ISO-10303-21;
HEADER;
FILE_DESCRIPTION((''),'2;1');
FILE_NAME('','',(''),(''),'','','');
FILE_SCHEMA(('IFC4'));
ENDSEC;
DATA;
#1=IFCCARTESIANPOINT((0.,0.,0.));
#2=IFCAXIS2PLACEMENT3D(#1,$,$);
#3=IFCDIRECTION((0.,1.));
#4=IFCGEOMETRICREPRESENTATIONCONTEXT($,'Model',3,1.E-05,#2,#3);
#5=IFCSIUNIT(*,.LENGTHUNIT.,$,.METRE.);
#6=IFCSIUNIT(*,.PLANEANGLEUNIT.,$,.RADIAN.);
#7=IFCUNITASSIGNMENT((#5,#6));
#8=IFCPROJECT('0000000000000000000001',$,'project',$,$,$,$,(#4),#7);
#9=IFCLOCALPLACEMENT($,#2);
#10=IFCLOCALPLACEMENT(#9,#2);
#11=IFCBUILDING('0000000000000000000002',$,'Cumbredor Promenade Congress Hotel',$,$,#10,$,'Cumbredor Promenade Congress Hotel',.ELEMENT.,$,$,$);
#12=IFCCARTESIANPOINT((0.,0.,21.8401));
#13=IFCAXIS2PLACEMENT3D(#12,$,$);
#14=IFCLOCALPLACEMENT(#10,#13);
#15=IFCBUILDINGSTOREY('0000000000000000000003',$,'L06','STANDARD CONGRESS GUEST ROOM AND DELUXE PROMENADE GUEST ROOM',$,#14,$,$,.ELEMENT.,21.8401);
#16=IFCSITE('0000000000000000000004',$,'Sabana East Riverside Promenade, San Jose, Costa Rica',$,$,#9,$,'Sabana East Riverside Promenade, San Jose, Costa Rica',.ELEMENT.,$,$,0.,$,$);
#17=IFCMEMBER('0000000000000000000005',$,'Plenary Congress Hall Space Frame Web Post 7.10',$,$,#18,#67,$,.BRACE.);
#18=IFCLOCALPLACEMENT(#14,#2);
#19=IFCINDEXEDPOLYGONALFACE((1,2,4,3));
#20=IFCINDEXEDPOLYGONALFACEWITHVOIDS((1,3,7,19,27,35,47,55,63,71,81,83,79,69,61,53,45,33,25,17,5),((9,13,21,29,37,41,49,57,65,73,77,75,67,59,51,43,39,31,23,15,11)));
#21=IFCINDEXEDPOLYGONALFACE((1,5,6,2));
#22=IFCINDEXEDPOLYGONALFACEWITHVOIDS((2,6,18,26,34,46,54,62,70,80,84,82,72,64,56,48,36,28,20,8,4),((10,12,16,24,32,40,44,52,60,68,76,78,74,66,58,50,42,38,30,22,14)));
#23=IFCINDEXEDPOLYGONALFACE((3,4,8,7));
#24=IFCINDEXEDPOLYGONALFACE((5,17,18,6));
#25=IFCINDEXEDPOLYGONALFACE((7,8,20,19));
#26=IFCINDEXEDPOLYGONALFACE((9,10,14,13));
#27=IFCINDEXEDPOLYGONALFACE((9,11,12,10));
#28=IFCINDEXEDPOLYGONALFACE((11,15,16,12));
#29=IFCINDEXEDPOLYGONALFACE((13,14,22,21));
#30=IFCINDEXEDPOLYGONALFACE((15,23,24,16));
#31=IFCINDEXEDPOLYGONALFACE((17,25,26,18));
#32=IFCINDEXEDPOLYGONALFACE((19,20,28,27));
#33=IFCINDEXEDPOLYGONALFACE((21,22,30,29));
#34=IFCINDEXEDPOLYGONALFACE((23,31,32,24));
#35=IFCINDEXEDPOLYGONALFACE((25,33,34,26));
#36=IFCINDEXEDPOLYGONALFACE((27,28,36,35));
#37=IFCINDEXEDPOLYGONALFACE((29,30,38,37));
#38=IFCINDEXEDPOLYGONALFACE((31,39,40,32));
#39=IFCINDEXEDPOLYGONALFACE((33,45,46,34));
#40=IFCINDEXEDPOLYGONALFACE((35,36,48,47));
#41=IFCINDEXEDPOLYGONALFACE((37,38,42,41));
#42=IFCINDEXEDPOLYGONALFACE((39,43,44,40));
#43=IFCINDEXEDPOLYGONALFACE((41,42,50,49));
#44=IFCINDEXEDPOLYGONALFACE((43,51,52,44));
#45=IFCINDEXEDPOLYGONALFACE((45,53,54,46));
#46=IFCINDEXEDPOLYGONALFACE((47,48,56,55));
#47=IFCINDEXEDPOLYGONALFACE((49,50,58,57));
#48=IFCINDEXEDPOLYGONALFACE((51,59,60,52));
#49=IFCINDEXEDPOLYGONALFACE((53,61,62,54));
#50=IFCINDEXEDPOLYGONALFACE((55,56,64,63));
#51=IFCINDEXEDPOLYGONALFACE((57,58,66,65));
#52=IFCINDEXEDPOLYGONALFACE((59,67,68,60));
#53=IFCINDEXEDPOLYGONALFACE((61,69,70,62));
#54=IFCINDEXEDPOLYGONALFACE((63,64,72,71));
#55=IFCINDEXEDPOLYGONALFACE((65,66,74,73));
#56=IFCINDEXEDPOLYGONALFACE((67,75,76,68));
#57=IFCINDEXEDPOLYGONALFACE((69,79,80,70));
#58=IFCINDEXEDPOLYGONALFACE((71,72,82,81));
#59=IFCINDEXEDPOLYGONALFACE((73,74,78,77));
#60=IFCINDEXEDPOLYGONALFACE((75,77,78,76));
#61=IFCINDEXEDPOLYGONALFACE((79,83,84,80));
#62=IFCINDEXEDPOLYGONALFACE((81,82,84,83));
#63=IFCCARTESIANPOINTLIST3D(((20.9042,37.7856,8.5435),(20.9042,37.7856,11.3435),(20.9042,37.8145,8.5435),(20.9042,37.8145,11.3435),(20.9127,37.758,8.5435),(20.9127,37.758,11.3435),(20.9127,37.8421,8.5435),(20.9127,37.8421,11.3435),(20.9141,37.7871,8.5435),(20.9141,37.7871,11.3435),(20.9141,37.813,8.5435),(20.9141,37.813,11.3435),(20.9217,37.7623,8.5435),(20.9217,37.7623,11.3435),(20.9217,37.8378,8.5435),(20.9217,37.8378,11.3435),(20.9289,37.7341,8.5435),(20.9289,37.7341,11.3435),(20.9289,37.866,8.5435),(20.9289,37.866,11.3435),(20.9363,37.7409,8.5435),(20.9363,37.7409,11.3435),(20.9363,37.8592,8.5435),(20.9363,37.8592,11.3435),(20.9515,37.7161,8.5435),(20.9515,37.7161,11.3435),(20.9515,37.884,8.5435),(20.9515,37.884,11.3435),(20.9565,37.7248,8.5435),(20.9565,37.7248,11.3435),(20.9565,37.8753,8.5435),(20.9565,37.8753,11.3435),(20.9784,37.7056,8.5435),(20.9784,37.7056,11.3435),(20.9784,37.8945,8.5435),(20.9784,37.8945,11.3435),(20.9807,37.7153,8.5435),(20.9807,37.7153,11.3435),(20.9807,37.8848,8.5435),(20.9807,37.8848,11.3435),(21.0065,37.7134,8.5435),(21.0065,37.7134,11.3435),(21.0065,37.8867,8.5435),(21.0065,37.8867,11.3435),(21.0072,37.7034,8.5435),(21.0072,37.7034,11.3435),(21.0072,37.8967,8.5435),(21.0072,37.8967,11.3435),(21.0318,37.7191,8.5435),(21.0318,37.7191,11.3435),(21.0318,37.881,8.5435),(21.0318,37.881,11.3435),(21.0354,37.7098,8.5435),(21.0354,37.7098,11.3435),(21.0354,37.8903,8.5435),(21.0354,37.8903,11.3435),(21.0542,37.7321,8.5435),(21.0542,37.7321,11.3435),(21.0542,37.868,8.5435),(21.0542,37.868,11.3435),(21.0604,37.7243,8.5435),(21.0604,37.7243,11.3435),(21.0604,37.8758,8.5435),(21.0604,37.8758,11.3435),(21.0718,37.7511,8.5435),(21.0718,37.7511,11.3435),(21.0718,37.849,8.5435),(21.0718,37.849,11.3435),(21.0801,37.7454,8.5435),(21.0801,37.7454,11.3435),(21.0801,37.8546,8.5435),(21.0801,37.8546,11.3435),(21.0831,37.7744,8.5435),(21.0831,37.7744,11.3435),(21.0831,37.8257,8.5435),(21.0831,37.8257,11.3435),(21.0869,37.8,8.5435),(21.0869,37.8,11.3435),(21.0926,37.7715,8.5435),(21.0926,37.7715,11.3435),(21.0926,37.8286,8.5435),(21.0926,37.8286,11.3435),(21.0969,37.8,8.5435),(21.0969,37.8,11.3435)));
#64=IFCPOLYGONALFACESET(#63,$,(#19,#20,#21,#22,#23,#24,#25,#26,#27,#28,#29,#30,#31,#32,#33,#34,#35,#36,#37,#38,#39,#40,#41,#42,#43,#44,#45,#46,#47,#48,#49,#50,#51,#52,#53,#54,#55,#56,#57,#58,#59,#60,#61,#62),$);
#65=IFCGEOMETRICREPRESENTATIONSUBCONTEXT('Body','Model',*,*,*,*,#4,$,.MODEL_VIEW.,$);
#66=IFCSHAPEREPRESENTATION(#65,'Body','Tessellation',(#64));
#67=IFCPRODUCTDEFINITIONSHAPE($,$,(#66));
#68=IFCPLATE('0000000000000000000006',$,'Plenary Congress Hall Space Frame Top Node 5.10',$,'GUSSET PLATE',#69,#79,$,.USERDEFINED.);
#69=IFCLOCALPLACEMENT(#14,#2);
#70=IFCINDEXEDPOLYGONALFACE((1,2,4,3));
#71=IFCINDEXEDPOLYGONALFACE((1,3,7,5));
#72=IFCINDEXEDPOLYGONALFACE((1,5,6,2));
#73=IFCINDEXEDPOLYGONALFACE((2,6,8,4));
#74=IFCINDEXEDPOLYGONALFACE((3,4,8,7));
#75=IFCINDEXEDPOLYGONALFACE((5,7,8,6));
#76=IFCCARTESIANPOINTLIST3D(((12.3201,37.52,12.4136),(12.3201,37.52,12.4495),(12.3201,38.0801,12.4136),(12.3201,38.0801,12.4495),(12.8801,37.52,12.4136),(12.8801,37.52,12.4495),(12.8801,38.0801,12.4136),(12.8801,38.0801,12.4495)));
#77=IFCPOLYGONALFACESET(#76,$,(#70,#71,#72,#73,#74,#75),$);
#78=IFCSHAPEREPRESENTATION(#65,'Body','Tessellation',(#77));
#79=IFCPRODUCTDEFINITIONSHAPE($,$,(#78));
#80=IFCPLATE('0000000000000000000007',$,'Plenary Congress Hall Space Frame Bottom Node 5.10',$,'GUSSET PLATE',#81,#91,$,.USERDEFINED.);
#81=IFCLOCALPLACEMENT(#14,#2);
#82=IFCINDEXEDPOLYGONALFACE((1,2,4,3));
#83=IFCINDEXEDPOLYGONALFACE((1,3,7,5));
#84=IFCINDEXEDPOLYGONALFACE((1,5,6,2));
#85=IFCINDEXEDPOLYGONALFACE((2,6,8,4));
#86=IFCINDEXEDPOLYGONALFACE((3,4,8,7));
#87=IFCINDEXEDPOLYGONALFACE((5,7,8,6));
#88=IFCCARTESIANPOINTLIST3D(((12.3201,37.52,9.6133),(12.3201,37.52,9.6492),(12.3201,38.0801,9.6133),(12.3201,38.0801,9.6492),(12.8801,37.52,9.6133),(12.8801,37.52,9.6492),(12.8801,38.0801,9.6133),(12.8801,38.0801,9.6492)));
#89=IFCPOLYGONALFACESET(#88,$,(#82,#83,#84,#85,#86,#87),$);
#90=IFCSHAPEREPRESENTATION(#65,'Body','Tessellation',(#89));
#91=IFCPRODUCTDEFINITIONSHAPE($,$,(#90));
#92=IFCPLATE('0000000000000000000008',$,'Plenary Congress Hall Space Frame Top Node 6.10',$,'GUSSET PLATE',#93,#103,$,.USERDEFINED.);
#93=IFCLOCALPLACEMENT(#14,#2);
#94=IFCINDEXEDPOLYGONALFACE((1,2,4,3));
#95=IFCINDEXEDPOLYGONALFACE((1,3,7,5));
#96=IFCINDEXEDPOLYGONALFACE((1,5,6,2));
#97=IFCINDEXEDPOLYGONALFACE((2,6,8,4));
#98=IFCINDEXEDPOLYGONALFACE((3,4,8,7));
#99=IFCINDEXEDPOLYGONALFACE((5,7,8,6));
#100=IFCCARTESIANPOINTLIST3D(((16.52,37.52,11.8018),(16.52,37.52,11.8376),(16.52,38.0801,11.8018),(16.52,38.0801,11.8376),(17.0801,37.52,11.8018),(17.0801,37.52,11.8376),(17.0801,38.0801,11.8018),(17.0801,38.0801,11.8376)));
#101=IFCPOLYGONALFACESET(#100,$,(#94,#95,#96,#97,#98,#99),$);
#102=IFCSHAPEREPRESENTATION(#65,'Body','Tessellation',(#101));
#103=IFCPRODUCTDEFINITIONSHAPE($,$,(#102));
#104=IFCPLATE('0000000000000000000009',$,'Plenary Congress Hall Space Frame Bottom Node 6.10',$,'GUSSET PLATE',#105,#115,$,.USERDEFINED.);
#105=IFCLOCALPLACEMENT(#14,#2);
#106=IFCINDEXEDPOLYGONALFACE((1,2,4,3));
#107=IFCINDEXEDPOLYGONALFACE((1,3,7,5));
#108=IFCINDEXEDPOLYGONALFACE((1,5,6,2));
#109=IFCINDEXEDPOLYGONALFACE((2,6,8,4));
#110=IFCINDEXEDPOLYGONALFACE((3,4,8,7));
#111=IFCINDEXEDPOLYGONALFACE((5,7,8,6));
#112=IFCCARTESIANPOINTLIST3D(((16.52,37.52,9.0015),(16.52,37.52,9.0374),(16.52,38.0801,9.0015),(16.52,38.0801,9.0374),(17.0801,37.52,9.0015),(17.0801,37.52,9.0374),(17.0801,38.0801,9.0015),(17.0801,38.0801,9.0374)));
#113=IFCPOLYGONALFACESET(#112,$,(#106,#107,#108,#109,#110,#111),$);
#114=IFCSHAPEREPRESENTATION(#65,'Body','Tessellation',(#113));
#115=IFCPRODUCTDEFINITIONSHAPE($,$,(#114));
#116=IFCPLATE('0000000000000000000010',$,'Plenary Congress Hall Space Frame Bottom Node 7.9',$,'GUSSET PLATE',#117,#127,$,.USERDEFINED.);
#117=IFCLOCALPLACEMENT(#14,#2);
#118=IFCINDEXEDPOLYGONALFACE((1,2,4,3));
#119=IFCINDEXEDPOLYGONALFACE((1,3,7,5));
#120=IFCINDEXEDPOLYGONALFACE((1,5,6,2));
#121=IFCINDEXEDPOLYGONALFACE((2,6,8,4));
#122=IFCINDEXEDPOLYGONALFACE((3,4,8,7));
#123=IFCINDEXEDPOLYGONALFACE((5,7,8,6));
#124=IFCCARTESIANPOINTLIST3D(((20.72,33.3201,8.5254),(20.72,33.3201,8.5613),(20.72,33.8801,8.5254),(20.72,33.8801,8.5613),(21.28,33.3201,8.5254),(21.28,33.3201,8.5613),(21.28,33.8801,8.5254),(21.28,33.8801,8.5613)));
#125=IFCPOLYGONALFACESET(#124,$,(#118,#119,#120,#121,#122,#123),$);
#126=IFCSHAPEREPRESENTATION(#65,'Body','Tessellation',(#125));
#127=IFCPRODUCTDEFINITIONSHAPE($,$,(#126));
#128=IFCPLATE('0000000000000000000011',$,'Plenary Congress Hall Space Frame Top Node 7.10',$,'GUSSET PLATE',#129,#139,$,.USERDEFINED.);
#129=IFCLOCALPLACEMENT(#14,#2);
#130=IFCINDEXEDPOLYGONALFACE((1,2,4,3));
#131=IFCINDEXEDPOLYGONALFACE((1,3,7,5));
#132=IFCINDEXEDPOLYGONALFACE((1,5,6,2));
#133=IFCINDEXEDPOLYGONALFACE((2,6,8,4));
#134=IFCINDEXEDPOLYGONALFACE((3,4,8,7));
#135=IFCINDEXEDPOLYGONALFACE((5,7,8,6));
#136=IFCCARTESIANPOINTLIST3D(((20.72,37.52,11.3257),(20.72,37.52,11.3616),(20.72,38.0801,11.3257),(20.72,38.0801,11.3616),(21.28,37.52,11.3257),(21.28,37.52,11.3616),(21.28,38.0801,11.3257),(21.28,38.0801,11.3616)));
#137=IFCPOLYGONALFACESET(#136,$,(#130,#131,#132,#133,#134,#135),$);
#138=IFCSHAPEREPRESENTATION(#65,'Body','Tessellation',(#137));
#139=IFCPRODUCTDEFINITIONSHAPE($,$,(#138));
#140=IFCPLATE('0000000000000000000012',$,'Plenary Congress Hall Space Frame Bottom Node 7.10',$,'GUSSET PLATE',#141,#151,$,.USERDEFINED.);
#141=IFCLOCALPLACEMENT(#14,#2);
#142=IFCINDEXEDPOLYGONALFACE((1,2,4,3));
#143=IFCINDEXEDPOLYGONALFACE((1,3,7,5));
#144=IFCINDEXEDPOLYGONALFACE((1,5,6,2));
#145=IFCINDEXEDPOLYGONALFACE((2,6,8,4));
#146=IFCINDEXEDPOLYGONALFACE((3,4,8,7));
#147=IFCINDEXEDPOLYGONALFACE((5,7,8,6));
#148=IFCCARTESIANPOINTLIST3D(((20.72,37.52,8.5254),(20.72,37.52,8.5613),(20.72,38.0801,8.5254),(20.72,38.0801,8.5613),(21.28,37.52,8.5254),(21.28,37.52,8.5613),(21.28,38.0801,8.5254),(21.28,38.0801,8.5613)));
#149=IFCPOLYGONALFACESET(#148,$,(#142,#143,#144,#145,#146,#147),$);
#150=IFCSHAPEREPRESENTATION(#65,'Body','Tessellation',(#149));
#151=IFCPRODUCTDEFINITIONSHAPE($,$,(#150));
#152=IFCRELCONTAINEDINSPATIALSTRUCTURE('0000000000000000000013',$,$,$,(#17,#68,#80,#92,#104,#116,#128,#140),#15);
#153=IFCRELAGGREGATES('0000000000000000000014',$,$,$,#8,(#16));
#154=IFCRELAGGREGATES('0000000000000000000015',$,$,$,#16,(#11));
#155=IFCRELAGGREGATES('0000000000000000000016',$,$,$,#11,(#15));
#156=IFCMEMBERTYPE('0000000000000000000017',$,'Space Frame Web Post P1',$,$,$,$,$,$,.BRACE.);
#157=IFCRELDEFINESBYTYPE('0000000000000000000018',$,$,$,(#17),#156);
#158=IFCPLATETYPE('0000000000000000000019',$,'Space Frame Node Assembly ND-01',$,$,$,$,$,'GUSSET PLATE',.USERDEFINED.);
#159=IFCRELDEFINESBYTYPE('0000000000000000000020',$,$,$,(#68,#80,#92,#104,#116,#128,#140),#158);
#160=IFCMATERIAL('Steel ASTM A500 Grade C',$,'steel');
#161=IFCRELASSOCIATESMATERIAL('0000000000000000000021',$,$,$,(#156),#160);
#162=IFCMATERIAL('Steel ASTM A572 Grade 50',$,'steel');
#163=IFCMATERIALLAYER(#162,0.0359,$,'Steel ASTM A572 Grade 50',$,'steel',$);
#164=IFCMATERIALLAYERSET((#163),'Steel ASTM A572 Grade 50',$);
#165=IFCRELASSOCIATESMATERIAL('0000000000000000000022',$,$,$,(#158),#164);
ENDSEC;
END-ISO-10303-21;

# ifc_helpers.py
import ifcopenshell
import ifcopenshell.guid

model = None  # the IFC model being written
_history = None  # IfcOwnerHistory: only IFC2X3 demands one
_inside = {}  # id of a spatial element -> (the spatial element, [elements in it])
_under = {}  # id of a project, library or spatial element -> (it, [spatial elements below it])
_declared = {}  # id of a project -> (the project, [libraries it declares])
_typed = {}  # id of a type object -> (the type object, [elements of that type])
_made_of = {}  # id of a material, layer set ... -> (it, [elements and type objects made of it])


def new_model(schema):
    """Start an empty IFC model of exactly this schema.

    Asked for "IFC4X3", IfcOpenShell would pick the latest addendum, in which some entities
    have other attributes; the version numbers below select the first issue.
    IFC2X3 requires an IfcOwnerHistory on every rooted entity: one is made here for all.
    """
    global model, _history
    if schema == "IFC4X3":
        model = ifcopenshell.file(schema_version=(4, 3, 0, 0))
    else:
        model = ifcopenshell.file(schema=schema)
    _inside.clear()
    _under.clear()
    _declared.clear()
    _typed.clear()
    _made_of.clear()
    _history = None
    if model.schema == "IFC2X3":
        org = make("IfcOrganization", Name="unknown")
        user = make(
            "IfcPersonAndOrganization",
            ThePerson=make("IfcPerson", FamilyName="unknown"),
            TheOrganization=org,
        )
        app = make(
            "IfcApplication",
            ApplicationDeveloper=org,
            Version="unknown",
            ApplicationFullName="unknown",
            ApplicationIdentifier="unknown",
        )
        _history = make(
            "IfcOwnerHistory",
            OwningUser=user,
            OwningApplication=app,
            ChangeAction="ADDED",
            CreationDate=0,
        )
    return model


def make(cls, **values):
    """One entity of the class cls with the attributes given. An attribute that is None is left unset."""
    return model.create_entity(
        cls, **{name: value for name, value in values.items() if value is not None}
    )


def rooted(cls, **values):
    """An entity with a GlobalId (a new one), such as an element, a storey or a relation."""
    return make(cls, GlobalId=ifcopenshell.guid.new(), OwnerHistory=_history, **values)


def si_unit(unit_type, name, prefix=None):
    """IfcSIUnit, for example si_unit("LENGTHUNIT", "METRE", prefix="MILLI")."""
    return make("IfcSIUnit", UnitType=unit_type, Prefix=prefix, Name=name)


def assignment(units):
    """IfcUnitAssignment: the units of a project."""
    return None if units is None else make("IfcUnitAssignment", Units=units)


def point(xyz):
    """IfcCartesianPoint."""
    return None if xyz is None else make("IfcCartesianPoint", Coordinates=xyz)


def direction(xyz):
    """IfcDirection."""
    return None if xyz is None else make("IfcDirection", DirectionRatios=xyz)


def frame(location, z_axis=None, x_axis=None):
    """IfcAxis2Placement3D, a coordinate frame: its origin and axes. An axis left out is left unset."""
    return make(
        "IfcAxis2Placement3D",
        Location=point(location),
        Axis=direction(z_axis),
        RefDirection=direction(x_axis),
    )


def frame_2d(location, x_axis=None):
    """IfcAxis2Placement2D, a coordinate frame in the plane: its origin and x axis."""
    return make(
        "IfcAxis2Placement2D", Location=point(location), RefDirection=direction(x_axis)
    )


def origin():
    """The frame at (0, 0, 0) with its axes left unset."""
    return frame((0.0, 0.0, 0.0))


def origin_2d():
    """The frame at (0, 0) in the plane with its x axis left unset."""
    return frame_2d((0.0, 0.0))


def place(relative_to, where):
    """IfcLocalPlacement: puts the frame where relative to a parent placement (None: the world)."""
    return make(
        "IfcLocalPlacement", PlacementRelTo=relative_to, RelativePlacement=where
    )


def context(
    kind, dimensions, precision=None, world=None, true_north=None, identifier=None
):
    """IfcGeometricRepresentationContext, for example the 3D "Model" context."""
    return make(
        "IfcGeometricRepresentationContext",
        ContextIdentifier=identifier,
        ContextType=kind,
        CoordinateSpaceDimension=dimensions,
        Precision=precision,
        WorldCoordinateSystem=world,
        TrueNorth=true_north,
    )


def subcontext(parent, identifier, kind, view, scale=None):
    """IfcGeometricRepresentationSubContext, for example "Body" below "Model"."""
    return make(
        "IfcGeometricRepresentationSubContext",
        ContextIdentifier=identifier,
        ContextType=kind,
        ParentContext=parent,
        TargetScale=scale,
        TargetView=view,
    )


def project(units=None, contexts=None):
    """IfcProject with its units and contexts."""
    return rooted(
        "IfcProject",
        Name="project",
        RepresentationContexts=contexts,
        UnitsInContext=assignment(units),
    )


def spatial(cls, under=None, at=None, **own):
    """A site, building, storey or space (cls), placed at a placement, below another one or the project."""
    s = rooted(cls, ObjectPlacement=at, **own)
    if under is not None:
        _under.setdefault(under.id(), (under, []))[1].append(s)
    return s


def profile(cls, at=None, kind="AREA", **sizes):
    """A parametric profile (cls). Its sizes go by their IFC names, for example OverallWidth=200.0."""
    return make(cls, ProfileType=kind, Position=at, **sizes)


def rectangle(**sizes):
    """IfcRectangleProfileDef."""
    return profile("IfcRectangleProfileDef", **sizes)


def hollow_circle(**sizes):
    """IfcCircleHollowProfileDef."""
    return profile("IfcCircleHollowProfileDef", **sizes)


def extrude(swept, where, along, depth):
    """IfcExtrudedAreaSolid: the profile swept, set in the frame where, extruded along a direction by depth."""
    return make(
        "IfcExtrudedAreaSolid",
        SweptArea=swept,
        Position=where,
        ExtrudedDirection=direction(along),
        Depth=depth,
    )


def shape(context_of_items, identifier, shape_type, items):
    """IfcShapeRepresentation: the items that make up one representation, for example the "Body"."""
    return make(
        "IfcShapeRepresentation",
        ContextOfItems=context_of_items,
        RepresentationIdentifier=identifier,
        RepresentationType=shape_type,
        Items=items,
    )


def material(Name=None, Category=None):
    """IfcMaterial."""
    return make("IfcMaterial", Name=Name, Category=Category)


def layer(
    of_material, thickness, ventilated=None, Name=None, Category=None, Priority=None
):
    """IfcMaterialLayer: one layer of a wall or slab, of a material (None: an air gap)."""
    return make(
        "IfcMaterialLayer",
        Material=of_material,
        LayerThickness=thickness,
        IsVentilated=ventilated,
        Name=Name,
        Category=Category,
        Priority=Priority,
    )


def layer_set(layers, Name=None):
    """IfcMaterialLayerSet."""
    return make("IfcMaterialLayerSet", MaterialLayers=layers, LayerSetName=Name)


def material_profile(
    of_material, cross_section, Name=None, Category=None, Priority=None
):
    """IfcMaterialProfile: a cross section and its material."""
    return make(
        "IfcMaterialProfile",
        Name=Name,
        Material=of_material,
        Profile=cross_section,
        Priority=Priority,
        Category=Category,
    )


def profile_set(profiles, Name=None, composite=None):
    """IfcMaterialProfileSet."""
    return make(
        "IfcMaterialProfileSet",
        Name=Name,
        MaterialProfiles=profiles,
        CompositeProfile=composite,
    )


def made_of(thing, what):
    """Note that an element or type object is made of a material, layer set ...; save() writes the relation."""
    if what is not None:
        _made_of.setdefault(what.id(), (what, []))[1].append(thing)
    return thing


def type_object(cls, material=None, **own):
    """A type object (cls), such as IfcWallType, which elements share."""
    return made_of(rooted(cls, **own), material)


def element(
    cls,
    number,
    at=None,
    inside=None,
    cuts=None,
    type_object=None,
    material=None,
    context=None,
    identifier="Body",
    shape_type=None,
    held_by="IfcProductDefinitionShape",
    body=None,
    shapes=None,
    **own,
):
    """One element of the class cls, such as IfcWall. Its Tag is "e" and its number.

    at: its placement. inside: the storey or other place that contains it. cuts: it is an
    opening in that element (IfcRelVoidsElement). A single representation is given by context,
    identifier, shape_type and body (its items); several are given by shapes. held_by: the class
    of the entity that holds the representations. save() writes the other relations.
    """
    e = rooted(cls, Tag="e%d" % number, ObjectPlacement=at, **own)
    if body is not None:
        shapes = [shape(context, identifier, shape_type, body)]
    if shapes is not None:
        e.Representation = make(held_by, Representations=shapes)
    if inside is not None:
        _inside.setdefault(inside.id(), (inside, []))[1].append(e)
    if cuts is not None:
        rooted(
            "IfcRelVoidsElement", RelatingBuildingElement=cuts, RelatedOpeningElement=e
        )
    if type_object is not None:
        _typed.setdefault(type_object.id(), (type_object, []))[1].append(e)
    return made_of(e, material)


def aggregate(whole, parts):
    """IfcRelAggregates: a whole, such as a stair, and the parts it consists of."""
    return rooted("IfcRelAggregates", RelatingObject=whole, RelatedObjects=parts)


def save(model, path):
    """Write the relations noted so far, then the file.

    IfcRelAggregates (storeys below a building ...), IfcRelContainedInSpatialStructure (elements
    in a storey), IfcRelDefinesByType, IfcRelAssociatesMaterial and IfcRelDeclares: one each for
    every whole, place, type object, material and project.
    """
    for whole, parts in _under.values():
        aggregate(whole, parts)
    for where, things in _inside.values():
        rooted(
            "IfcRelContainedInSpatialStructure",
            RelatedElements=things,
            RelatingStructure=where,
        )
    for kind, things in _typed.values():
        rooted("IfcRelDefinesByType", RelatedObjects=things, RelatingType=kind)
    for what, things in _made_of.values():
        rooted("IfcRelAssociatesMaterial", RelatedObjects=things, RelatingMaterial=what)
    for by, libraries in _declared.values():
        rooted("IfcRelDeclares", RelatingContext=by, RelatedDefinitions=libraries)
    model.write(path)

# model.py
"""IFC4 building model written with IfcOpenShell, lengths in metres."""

from ifc_helpers import new_model, si_unit, direction, frame, origin, origin_2d, place, context, subcontext, project, spatial, rectangle, hollow_circle, extrude, material, layer, layer_set, material_profile, profile_set, type_object, element, save


model = new_model("IFC4")

# Units and contexts
model_context = context("Model", 3, precision=1e-05, world=origin(), true_north=direction((0.0, 1.0)))
body_context = subcontext(model_context, "Body", "Model", "MODEL_VIEW")
ifc_project = project(units=[si_unit("LENGTHUNIT", "METRE"), si_unit("PLANEANGLEUNIT", "RADIAN")], contexts=[model_context])

# Site, building, storey
site_placement = place(None, origin())
site = spatial("IfcSite", under=ifc_project, at=site_placement, Name="Sabana East Riverside Promenade, San Jose, Costa Rica", LongName="Sabana East Riverside Promenade, San Jose, Costa Rica", CompositionType="ELEMENT", RefElevation=0.0)
building_placement = place(site_placement, origin())
building = spatial("IfcBuilding", under=site, at=building_placement, Name="Cumbredor Promenade Congress Hotel", LongName="Cumbredor Promenade Congress Hotel", CompositionType="ELEMENT")
storey_placement = place(building_placement, frame((0.0, 0.0, 21.8401)))
storey = spatial("IfcBuildingStorey", under=building, at=storey_placement, Name="L06", Description="STANDARD CONGRESS GUEST ROOM AND DELUXE PROMENADE GUEST ROOM", CompositionType="ELEMENT", Elevation=21.8401)

# Member
ifc_material_1 = material(Name="Steel ASTM A500 Grade C", Category="steel")
ifc_material_profile_1 = material_profile(ifc_material_1, hollow_circle(Radius=0.0969, WallThickness=0.01, at=origin_2d()), Name="CHS 193.7x10")
ifc_profile_set_1 = profile_set([ifc_material_profile_1], Name="Steel ASTM A500 Grade C")
member_type_1 = type_object("IfcMemberType", Name="Space Frame Web Post P1", PredefinedType="BRACE", material=ifc_profile_set_1)
for number, where, z_axis, x_axis, name in (
    (1, (21.0, 37.8, 8.5435), (0.0, 0.0, 1.0), (1.0, 0.0, 0.0), "Plenary Congress Hall Space Frame Web Post 7.10"),
):
    element("IfcMember", number, at=place(storey_placement, frame(where, z_axis=z_axis, x_axis=x_axis)), inside=storey, type_object=member_type_1, Name=name, PredefinedType="BRACE", context=body_context, shape_type="SweptSolid", body=[
        extrude(hollow_circle(Radius=0.0969, WallThickness=0.01, at=origin_2d()), origin(), (0.0, 0.0, 1.0), 2.8),
    ])

# Plates
ifc_material_2 = material(Name="Steel ASTM A572 Grade 50", Category="steel")
ifc_layer = layer(ifc_material_2, 0.0359, Name="Steel ASTM A572 Grade 50", Category="steel")
ifc_layer_set = layer_set([ifc_layer], Name="Steel ASTM A572 Grade 50")
plate_type = type_object("IfcPlateType", Name="Space Frame Node Assembly ND-01", ElementType="GUSSET PLATE", PredefinedType="USERDEFINED", material=ifc_layer_set)
for number, where, z_axis, x_axis, name in (
    (2, (12.6001, 37.8, 12.4136), (0.0, 0.0, 1.0), (1.0, 0.0, 0.0), "Plenary Congress Hall Space Frame Top Node 5.10"),
    (3, (12.6001, 37.8, 9.6133), (0.0, 0.0, 1.0), (1.0, 0.0, 0.0), "Plenary Congress Hall Space Frame Bottom Node 5.10"),
    (4, (16.8, 37.8, 11.8018), (0.0, 0.0, 1.0), (1.0, 0.0, 0.0), "Plenary Congress Hall Space Frame Top Node 6.10"),
    (5, (16.8, 37.8, 9.0015), (0.0, 0.0, 1.0), (1.0, 0.0, 0.0), "Plenary Congress Hall Space Frame Bottom Node 6.10"),
    (6, (21.0, 33.6001, 8.5254), (0.0, 0.0, 1.0), (1.0, 0.0, 0.0), "Plenary Congress Hall Space Frame Bottom Node 7.9"),
    (7, (21.0, 37.8, 11.3257), (0.0, 0.0, 1.0), (1.0, 0.0, 0.0), "Plenary Congress Hall Space Frame Top Node 7.10"),
    (8, (21.0, 37.8, 8.5254), (0.0, 0.0, 1.0), (1.0, 0.0, 0.0), "Plenary Congress Hall Space Frame Bottom Node 7.10"),
):
    element("IfcPlate", number, at=place(storey_placement, frame(where, z_axis=z_axis, x_axis=x_axis)), inside=storey, type_object=plate_type, Name=name, ObjectType="GUSSET PLATE", PredefinedType="USERDEFINED", context=body_context, shape_type="SweptSolid", body=[
        extrude(rectangle(XDim=0.5601, YDim=0.5601, at=origin_2d()), origin(), (0.0, 0.0, 1.0), 0.0359),
    ])

save(model, "model.ifc")
